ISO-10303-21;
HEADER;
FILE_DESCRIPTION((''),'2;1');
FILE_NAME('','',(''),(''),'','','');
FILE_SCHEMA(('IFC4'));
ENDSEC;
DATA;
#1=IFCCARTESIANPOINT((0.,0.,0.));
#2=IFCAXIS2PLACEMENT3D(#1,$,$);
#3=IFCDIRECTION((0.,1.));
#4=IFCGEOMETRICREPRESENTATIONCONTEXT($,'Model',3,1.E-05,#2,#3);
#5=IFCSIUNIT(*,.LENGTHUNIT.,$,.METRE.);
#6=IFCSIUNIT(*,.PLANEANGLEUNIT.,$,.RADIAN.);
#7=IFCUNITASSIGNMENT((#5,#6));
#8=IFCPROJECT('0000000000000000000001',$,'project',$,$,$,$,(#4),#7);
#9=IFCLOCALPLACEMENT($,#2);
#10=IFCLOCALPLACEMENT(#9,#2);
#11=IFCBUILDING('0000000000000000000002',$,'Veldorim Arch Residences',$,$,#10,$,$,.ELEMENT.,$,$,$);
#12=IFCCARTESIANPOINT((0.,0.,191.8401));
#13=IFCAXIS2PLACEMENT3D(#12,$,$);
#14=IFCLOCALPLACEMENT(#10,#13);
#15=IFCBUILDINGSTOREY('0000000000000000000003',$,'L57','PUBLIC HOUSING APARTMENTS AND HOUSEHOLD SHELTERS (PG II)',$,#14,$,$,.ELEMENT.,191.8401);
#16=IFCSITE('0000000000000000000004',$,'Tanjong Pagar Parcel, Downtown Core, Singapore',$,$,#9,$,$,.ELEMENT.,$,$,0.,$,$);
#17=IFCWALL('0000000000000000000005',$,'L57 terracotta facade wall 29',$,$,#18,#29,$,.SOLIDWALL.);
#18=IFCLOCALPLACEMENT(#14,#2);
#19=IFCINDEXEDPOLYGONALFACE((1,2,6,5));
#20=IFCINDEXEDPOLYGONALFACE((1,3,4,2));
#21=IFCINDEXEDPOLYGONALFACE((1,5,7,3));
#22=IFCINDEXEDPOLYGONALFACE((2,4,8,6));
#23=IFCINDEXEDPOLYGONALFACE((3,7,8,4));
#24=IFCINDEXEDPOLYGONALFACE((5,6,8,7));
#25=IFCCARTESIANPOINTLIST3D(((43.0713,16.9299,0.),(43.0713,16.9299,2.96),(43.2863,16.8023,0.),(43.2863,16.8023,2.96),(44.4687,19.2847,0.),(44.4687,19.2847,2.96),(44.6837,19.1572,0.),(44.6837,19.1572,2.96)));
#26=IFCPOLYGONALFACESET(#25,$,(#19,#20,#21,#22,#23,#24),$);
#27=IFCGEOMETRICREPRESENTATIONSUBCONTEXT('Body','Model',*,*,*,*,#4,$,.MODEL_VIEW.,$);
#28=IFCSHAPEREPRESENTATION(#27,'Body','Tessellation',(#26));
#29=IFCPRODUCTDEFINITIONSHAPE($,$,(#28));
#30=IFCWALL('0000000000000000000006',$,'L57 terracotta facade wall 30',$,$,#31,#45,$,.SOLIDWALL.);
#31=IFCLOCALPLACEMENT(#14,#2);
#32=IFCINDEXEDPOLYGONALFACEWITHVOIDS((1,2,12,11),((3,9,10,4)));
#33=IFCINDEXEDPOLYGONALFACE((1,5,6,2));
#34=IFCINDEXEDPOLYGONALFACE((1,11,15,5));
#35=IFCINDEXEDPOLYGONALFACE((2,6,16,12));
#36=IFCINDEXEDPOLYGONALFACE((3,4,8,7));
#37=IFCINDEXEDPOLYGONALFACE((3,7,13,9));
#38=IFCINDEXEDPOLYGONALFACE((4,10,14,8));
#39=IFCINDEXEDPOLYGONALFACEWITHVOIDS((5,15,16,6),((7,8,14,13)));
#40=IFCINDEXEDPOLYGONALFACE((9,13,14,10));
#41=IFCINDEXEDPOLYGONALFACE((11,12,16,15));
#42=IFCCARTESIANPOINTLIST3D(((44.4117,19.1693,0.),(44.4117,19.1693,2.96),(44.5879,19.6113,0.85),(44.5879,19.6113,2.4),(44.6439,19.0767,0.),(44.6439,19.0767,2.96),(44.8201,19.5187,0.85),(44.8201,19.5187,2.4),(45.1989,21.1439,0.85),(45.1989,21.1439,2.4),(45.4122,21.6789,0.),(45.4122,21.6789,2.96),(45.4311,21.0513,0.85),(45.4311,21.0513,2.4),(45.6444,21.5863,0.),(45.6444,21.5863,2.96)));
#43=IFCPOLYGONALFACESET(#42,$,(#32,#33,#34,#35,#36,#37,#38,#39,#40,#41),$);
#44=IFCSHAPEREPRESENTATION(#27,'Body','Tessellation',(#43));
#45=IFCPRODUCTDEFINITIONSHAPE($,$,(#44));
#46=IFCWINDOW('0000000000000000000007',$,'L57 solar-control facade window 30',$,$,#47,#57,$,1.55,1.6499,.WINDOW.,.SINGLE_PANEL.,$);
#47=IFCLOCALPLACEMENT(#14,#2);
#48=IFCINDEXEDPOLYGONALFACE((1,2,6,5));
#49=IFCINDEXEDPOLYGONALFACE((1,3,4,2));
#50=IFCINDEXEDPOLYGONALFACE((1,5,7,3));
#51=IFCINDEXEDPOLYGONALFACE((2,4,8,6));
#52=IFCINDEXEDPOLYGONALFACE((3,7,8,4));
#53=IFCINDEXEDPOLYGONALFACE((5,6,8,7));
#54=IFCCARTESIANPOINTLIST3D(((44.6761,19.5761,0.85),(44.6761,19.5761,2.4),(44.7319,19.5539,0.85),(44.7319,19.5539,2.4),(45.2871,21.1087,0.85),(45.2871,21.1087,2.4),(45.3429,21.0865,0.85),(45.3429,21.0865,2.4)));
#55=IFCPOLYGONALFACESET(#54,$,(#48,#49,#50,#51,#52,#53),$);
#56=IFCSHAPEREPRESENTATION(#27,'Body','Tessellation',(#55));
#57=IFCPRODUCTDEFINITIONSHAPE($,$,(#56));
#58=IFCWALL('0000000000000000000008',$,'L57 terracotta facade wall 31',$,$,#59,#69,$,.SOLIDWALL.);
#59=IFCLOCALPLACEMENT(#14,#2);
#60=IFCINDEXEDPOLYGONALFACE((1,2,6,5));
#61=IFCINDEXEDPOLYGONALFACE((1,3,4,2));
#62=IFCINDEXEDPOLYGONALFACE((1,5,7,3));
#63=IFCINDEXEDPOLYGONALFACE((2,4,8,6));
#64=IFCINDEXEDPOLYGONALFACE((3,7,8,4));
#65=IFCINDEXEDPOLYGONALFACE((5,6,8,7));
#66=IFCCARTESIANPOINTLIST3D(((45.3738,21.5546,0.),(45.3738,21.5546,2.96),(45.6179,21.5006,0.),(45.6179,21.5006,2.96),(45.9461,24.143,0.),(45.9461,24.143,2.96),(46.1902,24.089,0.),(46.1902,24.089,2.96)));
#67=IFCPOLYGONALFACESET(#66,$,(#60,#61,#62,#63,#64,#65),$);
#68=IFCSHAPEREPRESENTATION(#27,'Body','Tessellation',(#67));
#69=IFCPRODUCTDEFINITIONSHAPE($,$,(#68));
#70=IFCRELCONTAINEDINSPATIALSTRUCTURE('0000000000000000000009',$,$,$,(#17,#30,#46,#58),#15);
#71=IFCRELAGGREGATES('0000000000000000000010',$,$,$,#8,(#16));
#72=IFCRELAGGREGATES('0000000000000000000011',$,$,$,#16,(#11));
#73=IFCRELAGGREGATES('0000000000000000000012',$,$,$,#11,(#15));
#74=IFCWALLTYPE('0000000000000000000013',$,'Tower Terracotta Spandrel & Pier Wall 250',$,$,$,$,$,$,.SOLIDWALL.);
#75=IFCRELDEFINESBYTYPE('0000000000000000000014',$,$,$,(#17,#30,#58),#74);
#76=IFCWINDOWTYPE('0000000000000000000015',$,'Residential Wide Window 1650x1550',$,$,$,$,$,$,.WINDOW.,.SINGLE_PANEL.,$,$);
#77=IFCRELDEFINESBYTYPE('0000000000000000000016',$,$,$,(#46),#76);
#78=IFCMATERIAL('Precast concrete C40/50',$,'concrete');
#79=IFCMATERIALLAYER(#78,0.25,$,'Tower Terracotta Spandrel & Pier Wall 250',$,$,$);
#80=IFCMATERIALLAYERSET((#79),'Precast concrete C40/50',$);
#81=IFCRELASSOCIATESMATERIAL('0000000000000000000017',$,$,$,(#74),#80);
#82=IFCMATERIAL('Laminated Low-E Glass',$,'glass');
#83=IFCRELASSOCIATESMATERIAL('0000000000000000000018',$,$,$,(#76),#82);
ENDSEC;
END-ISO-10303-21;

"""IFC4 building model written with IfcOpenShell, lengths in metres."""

from ifc_helpers import new_model, si_unit, direction, frame, frame_2d, origin, place, context, subcontext, project, spatial, rectangle, extrude, material, layer, layer_set, type_object, element, fill, save


model = new_model("IFC4")

# Units and contexts
model_context = context("Model", 3, precision=1e-05, world=origin(), true_north=direction((0.0, 1.0)))
body_context = subcontext(model_context, "Body", "Model", "MODEL_VIEW")
ifc_project = project(units=[si_unit("LENGTHUNIT", "METRE"), si_unit("PLANEANGLEUNIT", "RADIAN")], contexts=[model_context])

# Site, building, storey
site_placement = place(None, origin())
site = spatial("IfcSite", under=ifc_project, at=site_placement, Name="Tanjong Pagar Parcel, Downtown Core, Singapore", CompositionType="ELEMENT", RefElevation=0.0)
building_placement = place(site_placement, origin())
building = spatial("IfcBuilding", under=site, at=building_placement, Name="Veldorim Arch Residences", CompositionType="ELEMENT")
storey_placement = place(building_placement, frame((0.0, 0.0, 191.8401)))
storey = spatial("IfcBuildingStorey", under=building, at=storey_placement, Name="L57", Description="PUBLIC HOUSING APARTMENTS AND HOUSEHOLD SHELTERS (PG II)", CompositionType="ELEMENT", Elevation=191.8401)

# Wall
ifc_material_1 = material(Name="Precast concrete C40/50", Category="concrete")
ifc_layer_1 = layer(ifc_material_1, 0.25, Name="Tower Terracotta Spandrel & Pier Wall 250")
ifc_layer_set_1 = layer_set([ifc_layer_1], Name="Precast concrete C40/50")
wall_type_1 = type_object("IfcWallType", Name="Tower Terracotta Spandrel & Pier Wall 250", PredefinedType="SOLIDWALL", material=ifc_layer_set_1)
wall_1_placement = place(storey_placement, frame((44.5762, 19.2209, 0.0), z_axis=(0.0, 0.0, 1.0), x_axis=(-0.51032, -0.859984, 0.0)))
element("IfcWall", 1, at=wall_1_placement, inside=storey, type_object=wall_type_1, Name="L57 terracotta facade wall 29", PredefinedType="SOLIDWALL", context=body_context, shape_type="SweptSolid", body=[
    extrude(rectangle(XDim=2.7383, YDim=0.25, at=frame_2d((1.3691, 0.0))), origin(), (0.0, 0.0, 1.0), 2.96),
])

# Wall, opening, window
wall_2_placement = place(storey_placement, frame((45.5283, 21.6326, 0.0), z_axis=(0.0, 0.0, 1.0), x_axis=(-0.370331, -0.9289, 0.0)))
wall_2 = element("IfcWall", 2, at=wall_2_placement, inside=storey, type_object=wall_type_1, Name="L57 terracotta facade wall 30", PredefinedType="SOLIDWALL", context=body_context, shape_type="SweptSolid", body=[
    extrude(rectangle(XDim=2.7017, YDim=0.25, at=frame_2d((1.3508, 0.0))), origin(), (0.0, 0.0, 1.0), 2.96),
])
opening_1_placement = place(wall_2_placement, frame((0.5759, 0.0, 0.8501)))
opening_1 = element("IfcOpeningElement", 3, at=opening_1_placement, cuts=wall_2, PredefinedType="OPENING", context=body_context, shape_type="SweptSolid", body=[
    extrude(rectangle(XDim=1.6499, YDim=1.55, at=frame_2d((0.825, 0.7749))), frame((0.0, 0.135, 0.0), z_axis=(0.0, -1.0, 0.0), x_axis=(1.0, 0.0, 0.0)), (0.0, 0.0, 1.0), 0.27),
])
ifc_material_2 = material(Name="Laminated Low-E Glass", Category="glass")
window_type = type_object("IfcWindowType", Name="Residential Wide Window 1650x1550", PartitioningType="SINGLE_PANEL", PredefinedType="WINDOW", material=ifc_material_2)
window_placement = place(opening_1_placement, origin())
window = element("IfcWindow", 4, at=window_placement, inside=storey, type_object=window_type, Name="L57 solar-control facade window 30", OverallHeight=1.55, OverallWidth=1.6499, PartitioningType="SINGLE_PANEL", PredefinedType="WINDOW", context=body_context, shape_type="SweptSolid", body=[
    extrude(rectangle(XDim=1.6499, YDim=1.55, at=frame_2d((0.825, 0.7749))), frame((0.0, 0.03, 0.0), z_axis=(0.0, -1.0, 0.0), x_axis=(1.0, 0.0, 0.0)), (0.0, 0.0, 1.0), 0.0601),
])
fill(opening_1, window)

# Wall
wall_3_placement = place(storey_placement, frame((46.0681, 24.116, 0.0), z_axis=(0.0, 0.0, 1.0), x_axis=(-0.215877, -0.976421, 0.0)))
element("IfcWall", 5, at=wall_3_placement, inside=storey, type_object=wall_type_1, Name="L57 terracotta facade wall 31", PredefinedType="SOLIDWALL", context=body_context, shape_type="SweptSolid", body=[
    extrude(rectangle(XDim=2.6509, YDim=0.25, at=frame_2d((1.3254, 0.0))), origin(), (0.0, 0.0, 1.0), 2.96),
])

save(model, "model.ifc")
